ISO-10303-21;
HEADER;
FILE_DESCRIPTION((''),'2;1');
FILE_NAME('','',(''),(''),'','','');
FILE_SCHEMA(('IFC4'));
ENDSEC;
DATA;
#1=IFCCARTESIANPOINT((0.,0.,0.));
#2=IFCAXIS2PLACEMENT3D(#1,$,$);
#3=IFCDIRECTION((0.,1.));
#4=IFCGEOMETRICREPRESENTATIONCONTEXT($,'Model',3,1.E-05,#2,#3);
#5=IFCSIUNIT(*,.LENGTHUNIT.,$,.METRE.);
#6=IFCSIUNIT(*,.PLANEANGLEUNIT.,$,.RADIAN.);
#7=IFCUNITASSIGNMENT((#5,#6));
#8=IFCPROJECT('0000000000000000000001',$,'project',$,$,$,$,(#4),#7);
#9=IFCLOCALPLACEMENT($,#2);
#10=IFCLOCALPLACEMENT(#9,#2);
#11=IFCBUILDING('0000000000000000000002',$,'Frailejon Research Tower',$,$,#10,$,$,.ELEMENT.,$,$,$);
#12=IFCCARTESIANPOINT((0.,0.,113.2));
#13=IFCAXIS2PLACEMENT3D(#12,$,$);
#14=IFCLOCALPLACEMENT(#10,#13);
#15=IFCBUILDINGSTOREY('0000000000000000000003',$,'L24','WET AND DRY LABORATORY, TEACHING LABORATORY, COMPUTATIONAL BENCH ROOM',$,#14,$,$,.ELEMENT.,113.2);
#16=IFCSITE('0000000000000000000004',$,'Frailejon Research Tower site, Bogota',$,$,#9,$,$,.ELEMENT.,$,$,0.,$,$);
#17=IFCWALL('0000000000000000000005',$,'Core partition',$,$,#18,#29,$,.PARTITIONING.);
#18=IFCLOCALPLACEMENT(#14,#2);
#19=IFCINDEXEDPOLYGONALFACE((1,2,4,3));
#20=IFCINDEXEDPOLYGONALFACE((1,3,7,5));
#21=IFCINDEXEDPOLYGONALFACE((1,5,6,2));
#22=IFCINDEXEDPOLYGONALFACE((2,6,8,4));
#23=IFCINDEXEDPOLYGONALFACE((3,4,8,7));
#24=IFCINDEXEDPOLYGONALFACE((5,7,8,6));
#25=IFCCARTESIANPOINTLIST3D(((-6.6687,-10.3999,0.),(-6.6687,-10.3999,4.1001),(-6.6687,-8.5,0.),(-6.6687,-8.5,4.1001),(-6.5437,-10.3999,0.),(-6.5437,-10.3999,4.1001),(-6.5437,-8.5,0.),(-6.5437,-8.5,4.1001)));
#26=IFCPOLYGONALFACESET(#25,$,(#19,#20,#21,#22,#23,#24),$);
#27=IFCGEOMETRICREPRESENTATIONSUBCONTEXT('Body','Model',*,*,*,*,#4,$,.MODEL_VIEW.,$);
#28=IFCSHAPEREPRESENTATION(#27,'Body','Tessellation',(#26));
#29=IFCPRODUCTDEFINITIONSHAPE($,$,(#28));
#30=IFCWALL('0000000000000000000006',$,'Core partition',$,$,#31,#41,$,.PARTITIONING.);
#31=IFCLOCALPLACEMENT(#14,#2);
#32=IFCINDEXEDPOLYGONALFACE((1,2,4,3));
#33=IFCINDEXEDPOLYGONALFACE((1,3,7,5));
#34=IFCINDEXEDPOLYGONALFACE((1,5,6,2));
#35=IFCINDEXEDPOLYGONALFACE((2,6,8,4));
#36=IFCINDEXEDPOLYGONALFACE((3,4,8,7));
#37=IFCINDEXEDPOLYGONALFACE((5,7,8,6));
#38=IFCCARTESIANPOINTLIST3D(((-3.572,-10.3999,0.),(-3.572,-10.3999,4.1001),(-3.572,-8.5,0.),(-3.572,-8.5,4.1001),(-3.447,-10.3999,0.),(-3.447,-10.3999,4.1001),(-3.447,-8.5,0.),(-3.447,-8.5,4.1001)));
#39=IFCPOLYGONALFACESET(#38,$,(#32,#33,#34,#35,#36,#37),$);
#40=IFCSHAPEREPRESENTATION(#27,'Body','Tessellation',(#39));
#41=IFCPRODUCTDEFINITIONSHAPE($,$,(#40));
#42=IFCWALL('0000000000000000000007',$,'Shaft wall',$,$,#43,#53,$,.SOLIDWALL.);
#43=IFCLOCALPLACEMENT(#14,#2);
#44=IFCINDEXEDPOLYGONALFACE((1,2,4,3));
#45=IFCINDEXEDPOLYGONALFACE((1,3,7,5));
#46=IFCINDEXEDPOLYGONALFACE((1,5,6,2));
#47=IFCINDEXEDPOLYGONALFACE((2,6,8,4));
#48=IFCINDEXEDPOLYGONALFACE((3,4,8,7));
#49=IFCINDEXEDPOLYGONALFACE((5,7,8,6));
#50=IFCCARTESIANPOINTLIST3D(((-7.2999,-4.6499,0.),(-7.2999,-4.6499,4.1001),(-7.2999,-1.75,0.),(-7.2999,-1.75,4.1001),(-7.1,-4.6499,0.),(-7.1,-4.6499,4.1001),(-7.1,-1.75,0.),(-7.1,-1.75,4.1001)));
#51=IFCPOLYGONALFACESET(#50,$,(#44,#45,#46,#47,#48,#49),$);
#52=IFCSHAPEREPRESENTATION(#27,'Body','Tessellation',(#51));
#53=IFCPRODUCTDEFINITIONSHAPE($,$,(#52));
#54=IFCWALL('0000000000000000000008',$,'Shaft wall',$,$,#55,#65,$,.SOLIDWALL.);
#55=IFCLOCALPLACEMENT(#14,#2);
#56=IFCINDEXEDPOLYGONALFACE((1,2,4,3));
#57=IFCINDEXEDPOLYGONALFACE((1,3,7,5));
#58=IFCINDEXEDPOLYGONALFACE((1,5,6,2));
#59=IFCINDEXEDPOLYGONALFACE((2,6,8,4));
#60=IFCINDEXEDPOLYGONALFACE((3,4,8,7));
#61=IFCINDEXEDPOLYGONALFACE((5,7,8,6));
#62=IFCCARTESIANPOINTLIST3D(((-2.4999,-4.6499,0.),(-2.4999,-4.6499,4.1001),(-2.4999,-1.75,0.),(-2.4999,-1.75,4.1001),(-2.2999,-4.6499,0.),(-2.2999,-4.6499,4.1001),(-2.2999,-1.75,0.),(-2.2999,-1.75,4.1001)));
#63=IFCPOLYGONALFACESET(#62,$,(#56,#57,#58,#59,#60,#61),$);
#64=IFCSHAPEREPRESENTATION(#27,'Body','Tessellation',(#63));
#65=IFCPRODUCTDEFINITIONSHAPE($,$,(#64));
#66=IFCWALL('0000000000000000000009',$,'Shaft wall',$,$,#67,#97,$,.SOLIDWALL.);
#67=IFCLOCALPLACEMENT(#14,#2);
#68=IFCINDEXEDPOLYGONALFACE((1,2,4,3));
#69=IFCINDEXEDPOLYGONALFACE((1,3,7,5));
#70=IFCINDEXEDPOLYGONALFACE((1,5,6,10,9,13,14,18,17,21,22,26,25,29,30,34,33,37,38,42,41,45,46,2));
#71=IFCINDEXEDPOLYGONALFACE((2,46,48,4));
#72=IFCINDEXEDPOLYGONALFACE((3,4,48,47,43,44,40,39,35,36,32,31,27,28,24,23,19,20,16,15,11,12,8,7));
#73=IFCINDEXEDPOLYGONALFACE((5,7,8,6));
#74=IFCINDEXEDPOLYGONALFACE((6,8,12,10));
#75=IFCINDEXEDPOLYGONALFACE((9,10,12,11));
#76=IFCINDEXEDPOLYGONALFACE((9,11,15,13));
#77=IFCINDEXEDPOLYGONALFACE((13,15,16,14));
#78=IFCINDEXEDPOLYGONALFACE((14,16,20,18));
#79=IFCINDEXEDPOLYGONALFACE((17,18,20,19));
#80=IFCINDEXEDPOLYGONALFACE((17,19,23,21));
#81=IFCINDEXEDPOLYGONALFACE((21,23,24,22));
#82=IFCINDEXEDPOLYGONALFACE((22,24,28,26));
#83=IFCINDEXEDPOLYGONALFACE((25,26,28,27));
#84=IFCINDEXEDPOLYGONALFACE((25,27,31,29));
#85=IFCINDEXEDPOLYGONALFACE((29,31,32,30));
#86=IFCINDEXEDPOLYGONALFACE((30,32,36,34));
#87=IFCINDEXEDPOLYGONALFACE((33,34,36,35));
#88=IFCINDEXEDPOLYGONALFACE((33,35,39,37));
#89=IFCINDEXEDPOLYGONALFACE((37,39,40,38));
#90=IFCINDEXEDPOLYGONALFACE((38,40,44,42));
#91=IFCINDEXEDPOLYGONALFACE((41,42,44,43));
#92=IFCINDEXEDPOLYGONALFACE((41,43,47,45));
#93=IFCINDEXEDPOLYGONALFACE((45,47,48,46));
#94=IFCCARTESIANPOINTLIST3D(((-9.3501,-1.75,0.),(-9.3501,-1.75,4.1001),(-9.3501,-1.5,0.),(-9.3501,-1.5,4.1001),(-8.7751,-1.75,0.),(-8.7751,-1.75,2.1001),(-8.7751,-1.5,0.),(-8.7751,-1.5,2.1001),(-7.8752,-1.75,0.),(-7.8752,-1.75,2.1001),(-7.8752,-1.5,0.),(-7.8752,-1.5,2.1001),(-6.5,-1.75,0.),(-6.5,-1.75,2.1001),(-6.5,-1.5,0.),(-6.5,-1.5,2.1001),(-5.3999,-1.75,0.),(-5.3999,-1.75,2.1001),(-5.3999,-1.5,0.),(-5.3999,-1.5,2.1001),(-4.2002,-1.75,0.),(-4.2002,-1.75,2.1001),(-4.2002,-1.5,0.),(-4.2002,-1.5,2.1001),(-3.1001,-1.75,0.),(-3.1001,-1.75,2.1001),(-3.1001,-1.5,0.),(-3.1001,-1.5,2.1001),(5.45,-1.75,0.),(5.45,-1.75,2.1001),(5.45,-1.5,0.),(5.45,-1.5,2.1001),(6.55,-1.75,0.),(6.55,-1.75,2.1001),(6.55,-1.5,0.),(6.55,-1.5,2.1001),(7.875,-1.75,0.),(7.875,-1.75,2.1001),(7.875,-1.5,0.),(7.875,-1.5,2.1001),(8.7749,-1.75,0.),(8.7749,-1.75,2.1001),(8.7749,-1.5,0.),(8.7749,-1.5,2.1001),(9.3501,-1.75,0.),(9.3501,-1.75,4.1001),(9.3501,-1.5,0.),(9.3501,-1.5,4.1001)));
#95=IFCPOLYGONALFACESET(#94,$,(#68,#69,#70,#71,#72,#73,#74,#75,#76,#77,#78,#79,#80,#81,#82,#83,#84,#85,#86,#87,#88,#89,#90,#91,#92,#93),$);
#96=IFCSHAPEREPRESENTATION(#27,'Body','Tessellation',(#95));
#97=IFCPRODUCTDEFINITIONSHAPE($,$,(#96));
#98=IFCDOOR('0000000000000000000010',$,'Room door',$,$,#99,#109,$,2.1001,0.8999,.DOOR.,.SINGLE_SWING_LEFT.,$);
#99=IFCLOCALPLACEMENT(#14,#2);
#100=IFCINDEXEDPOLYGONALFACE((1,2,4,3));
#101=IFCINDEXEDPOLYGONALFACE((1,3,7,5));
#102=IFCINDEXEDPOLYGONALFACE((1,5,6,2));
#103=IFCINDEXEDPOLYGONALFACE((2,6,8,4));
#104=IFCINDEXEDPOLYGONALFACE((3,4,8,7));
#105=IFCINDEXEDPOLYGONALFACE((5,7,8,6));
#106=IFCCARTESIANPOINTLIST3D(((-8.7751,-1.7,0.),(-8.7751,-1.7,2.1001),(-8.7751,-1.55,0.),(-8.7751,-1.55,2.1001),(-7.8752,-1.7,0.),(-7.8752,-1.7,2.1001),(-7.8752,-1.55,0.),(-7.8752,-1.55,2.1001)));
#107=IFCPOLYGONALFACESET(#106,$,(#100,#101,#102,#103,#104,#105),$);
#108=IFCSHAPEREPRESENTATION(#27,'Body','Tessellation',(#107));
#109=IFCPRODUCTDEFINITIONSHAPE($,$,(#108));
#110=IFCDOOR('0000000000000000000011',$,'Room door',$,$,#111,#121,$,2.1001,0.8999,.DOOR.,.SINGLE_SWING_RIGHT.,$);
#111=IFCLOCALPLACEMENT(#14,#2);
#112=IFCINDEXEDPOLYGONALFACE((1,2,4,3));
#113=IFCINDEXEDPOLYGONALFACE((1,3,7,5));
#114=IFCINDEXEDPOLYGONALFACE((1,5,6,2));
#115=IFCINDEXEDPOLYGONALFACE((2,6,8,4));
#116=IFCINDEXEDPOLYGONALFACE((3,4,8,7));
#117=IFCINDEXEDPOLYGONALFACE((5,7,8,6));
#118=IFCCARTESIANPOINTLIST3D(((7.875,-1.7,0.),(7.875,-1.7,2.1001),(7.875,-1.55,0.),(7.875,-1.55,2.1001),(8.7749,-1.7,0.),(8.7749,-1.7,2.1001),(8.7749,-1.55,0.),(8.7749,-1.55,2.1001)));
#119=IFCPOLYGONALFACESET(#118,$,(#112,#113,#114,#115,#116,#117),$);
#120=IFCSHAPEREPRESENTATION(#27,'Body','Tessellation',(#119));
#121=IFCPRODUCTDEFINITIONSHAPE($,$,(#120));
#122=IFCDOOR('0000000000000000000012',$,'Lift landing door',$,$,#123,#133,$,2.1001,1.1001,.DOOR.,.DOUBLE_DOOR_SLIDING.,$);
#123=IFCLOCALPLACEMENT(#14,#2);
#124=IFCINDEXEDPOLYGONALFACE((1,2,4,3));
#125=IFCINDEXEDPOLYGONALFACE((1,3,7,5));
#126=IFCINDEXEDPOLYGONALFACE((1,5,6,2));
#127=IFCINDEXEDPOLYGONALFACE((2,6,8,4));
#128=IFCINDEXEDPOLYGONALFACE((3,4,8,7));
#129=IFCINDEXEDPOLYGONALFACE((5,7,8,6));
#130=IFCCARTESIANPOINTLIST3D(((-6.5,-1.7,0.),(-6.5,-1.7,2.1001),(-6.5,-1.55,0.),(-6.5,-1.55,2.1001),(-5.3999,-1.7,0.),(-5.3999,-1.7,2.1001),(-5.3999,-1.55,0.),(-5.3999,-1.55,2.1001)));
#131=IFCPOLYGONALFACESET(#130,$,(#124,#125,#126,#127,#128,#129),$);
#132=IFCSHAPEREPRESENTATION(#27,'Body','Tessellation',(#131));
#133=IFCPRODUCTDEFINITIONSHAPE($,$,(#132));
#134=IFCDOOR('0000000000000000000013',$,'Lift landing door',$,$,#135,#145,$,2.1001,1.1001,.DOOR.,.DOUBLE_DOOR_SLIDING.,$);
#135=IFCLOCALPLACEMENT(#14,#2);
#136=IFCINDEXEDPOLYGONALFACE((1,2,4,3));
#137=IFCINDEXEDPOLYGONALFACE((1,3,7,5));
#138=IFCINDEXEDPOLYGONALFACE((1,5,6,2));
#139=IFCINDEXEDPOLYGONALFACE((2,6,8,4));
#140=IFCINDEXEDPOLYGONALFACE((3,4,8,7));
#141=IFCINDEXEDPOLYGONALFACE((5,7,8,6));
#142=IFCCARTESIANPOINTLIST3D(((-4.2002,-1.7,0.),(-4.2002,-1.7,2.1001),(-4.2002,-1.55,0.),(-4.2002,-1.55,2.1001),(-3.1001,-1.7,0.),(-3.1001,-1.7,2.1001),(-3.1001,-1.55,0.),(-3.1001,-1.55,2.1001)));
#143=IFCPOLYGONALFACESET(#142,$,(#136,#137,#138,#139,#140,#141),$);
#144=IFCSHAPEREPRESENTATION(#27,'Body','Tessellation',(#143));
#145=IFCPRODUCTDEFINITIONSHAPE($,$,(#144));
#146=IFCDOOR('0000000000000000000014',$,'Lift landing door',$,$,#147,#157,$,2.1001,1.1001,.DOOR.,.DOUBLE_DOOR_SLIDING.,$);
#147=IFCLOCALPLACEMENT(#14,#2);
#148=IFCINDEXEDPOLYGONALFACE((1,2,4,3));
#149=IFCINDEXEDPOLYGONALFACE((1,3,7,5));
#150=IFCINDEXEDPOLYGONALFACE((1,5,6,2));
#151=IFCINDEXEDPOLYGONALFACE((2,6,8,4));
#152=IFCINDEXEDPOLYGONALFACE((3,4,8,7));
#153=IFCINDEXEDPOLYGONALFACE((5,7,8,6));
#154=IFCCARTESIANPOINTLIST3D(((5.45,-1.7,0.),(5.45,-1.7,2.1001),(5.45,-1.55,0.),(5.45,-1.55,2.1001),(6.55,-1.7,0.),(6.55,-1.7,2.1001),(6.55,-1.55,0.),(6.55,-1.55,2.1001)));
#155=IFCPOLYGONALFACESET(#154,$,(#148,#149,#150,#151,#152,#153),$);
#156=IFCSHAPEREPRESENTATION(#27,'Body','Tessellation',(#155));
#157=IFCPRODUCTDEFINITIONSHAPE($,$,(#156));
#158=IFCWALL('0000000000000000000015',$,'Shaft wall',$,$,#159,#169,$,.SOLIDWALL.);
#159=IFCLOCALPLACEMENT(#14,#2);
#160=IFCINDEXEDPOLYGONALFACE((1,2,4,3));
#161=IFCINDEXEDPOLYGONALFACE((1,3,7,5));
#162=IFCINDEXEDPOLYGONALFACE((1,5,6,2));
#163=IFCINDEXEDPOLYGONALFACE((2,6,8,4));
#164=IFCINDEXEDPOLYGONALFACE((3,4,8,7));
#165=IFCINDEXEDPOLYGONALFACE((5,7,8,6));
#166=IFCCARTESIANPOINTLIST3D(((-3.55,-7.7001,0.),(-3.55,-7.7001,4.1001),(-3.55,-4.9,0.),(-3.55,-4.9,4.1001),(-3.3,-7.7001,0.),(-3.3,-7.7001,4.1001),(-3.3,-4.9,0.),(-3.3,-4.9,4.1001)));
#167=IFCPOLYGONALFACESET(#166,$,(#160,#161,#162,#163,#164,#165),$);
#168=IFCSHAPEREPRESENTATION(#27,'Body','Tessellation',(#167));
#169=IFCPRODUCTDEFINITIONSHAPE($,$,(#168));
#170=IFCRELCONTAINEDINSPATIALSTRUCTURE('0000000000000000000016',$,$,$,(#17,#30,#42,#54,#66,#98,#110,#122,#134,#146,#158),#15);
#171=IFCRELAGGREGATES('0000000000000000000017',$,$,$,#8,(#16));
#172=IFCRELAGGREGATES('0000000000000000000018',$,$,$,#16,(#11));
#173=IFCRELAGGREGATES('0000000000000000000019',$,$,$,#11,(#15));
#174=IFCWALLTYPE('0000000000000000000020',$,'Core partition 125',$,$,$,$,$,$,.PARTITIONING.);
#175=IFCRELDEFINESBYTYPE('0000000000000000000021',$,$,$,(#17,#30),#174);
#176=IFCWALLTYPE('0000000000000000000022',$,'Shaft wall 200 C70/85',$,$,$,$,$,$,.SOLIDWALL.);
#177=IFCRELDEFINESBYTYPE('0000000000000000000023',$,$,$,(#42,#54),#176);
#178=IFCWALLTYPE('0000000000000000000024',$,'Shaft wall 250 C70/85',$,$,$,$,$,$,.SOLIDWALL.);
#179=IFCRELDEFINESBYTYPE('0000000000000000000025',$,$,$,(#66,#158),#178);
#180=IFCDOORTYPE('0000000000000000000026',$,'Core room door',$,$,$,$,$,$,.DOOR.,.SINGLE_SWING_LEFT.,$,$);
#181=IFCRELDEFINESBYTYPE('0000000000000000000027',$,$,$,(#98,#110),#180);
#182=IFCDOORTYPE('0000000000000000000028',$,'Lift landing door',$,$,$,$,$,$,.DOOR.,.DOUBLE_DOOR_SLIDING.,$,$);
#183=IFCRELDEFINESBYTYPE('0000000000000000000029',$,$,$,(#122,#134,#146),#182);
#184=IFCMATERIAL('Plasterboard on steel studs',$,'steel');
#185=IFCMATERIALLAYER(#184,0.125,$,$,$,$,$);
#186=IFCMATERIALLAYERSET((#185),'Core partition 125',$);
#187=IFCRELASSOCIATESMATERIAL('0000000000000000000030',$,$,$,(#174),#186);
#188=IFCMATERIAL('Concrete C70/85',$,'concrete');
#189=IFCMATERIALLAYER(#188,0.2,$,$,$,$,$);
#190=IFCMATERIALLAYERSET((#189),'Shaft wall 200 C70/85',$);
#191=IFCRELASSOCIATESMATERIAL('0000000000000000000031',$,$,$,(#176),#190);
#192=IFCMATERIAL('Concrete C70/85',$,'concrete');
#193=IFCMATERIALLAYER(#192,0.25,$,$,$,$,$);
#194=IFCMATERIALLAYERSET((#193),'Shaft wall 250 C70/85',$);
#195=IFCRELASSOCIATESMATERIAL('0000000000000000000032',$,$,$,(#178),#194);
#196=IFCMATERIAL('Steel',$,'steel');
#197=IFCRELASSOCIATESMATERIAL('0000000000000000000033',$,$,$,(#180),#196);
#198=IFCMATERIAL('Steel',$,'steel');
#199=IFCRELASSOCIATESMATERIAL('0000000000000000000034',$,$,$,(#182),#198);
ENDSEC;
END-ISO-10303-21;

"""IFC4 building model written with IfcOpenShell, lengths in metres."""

from ifc_helpers import new_model, si_unit, direction, frame, frame_2d, origin, place, context, subcontext, project, spatial, rectangle, extrude, material, layer, layer_set, type_object, element, fill, save


model = new_model("IFC4")

# Units and contexts
model_context = context("Model", 3, precision=1e-05, world=origin(), true_north=direction((0.0, 1.0)))
body_context = subcontext(model_context, "Body", "Model", "MODEL_VIEW")
ifc_project = project(units=[si_unit("LENGTHUNIT", "METRE"), si_unit("PLANEANGLEUNIT", "RADIAN")], contexts=[model_context])

# Site, building, storey
site_placement = place(None, origin())
site = spatial("IfcSite", under=ifc_project, at=site_placement, Name="Frailejon Research Tower site, Bogota", CompositionType="ELEMENT", RefElevation=0.0)
building_placement = place(site_placement, origin())
building = spatial("IfcBuilding", under=site, at=building_placement, Name="Frailejon Research Tower", CompositionType="ELEMENT")
storey_placement = place(building_placement, frame((0.0, 0.0, 113.2)))
storey = spatial("IfcBuildingStorey", under=building, at=storey_placement, Name="L24", Description="WET AND DRY LABORATORY, TEACHING LABORATORY, COMPUTATIONAL BENCH ROOM", CompositionType="ELEMENT", Elevation=113.2)

# Walls
ifc_material_1 = material(Name="Plasterboard on steel studs", Category="steel")
ifc_layer_1 = layer(ifc_material_1, 0.125)
ifc_layer_set_1 = layer_set([ifc_layer_1], Name="Core partition 125")
wall_type_1 = type_object("IfcWallType", Name="Core partition 125", PredefinedType="PARTITIONING", material=ifc_layer_set_1)
for number, where, z_axis, x_axis, name in (
    (1, (-6.6062, -10.3999, 0.0), (0.0, 0.0, 1.0), (0.0, 1.0, 0.0), "Core partition"),
    (2, (-3.5095, -10.3999, 0.0), (0.0, 0.0, 1.0), (0.0, 1.0, 0.0), "Core partition"),
):
    element("IfcWall", number, at=place(storey_placement, frame(where, z_axis=z_axis, x_axis=x_axis)), inside=storey, type_object=wall_type_1, Name=name, PredefinedType="PARTITIONING", context=body_context, shape_type="SweptSolid", body=[
        extrude(rectangle(XDim=1.8999, YDim=0.125, at=frame_2d((0.95, 0.0))), origin(), (0.0, 0.0, 1.0), 4.1001),
    ])
ifc_material_2 = material(Name="Concrete C70/85", Category="concrete")
ifc_layer_2 = layer(ifc_material_2, 0.2)
ifc_layer_set_2 = layer_set([ifc_layer_2], Name="Shaft wall 200 C70/85")
wall_type_2 = type_object("IfcWallType", Name="Shaft wall 200 C70/85", PredefinedType="SOLIDWALL", material=ifc_layer_set_2)
for number, where, z_axis, x_axis, name in (
    (3, (-7.2, -4.6499, 0.0), (0.0, 0.0, 1.0), (0.0, 1.0, 0.0), "Shaft wall"),
    (4, (-2.3999, -4.6499, 0.0), (0.0, 0.0, 1.0), (0.0, 1.0, 0.0), "Shaft wall"),
):
    element("IfcWall", number, at=place(storey_placement, frame(where, z_axis=z_axis, x_axis=x_axis)), inside=storey, type_object=wall_type_2, Name=name, PredefinedType="SOLIDWALL", context=body_context, shape_type="SweptSolid", body=[
        extrude(rectangle(XDim=2.8999, YDim=0.2, at=frame_2d((1.45, 0.0))), origin(), (0.0, 0.0, 1.0), 4.1001),
    ])

# Wall, openings, doors
ifc_material_3 = material(Name="Concrete C70/85", Category="concrete")
ifc_layer_3 = layer(ifc_material_3, 0.25)
ifc_layer_set_3 = layer_set([ifc_layer_3], Name="Shaft wall 250 C70/85")
wall_type_3 = type_object("IfcWallType", Name="Shaft wall 250 C70/85", PredefinedType="SOLIDWALL", material=ifc_layer_set_3)
wall_1_placement = place(storey_placement, frame((-9.3501, -1.625, 0.0), z_axis=(0.0, 0.0, 1.0), x_axis=(1.0, 0.0, 0.0)))
wall_1 = element("IfcWall", 5, at=wall_1_placement, inside=storey, type_object=wall_type_3, Name="Shaft wall", PredefinedType="SOLIDWALL", context=body_context, shape_type="SweptSolid", body=[
    extrude(rectangle(XDim=18.7002, YDim=0.25, at=frame_2d((9.3501, 0.0))), origin(), (0.0, 0.0, 1.0), 4.1001),
])
opening_1_placement = place(wall_1_placement, frame((2.8501, 0.0, 0.0)))
opening_1 = element("IfcOpeningElement", 6, at=opening_1_placement, cuts=wall_1, PredefinedType="OPENING", context=body_context, shape_type="SweptSolid", body=[
    extrude(rectangle(XDim=1.1001, YDim=2.1001, at=frame_2d((0.55, 1.05))), frame((0.0, 0.135, 0.0), z_axis=(0.0, -1.0, 0.0), x_axis=(1.0, 0.0, 0.0)), (0.0, 0.0, 1.0), 0.27),
])
opening_2_placement = place(wall_1_placement, frame((5.1499, 0.0, 0.0)))
opening_2 = element("IfcOpeningElement", 7, at=opening_2_placement, cuts=wall_1, PredefinedType="OPENING", context=body_context, shape_type="SweptSolid", body=[
    extrude(rectangle(XDim=1.1001, YDim=2.1001, at=frame_2d((0.55, 1.05))), frame((0.0, 0.135, 0.0), z_axis=(0.0, -1.0, 0.0), x_axis=(1.0, 0.0, 0.0)), (0.0, 0.0, 1.0), 0.27),
])
opening_3_placement = place(wall_1_placement, frame((14.8, 0.0, 0.0)))
opening_3 = element("IfcOpeningElement", 8, at=opening_3_placement, cuts=wall_1, PredefinedType="OPENING", context=body_context, shape_type="SweptSolid", body=[
    extrude(rectangle(XDim=1.1001, YDim=2.1001, at=frame_2d((0.55, 1.05))), frame((0.0, 0.135, 0.0), z_axis=(0.0, -1.0, 0.0), x_axis=(1.0, 0.0, 0.0)), (0.0, 0.0, 1.0), 0.27),
])
opening_4_placement = place(wall_1_placement, frame((0.575, 0.0, 0.0)))
opening_4 = element("IfcOpeningElement", 9, at=opening_4_placement, cuts=wall_1, PredefinedType="OPENING", context=body_context, shape_type="SweptSolid", body=[
    extrude(rectangle(XDim=0.8999, YDim=2.1001, at=frame_2d((0.45, 1.05))), frame((0.0, 0.135, 0.0), z_axis=(0.0, -1.0, 0.0), x_axis=(1.0, 0.0, 0.0)), (0.0, 0.0, 1.0), 0.27),
])
opening_5_placement = place(wall_1_placement, frame((17.2251, 0.0, 0.0)))
opening_5 = element("IfcOpeningElement", 10, at=opening_5_placement, cuts=wall_1, PredefinedType="OPENING", context=body_context, shape_type="SweptSolid", body=[
    extrude(rectangle(XDim=0.8999, YDim=2.1001, at=frame_2d((0.45, 1.05))), frame((0.0, 0.135, 0.0), z_axis=(0.0, -1.0, 0.0), x_axis=(1.0, 0.0, 0.0)), (0.0, 0.0, 1.0), 0.27),
])
ifc_material_4 = material(Name="Steel", Category="steel")
door_type_1 = type_object("IfcDoorType", Name="Core room door", OperationType="SINGLE_SWING_LEFT", PredefinedType="DOOR", material=ifc_material_4)
door_1_placement = place(opening_4_placement, origin())
door_1 = element("IfcDoor", 11, at=door_1_placement, inside=storey, type_object=door_type_1, Name="Room door", OperationType="SINGLE_SWING_LEFT", OverallHeight=2.1001, OverallWidth=0.8999, PredefinedType="DOOR", context=body_context, shape_type="SweptSolid", body=[
    extrude(rectangle(XDim=0.8999, YDim=2.1001, at=frame_2d((0.45, 1.05))), frame((0.0, 0.075, 0.0), z_axis=(0.0, -1.0, 0.0), x_axis=(1.0, 0.0, 0.0)), (0.0, 0.0, 1.0), 0.1499),
])
fill(opening_4, door_1)
door_2_placement = place(opening_5_placement, origin())
door_2 = element("IfcDoor", 12, at=door_2_placement, inside=storey, type_object=door_type_1, Name="Room door", OperationType="SINGLE_SWING_RIGHT", OverallHeight=2.1001, OverallWidth=0.8999, PredefinedType="DOOR", context=body_context, shape_type="SweptSolid", body=[
    extrude(rectangle(XDim=0.8999, YDim=2.1001, at=frame_2d((0.45, 1.05))), frame((0.0, 0.075, 0.0), z_axis=(0.0, -1.0, 0.0), x_axis=(1.0, 0.0, 0.0)), (0.0, 0.0, 1.0), 0.1499),
])
fill(opening_5, door_2)
ifc_material_5 = material(Name="Steel", Category="steel")
door_type_2 = type_object("IfcDoorType", Name="Lift landing door", OperationType="DOUBLE_DOOR_SLIDING", PredefinedType="DOOR", material=ifc_material_5)
door_3_placement = place(opening_1_placement, origin())
door_3 = element("IfcDoor", 13, at=door_3_placement, inside=storey, type_object=door_type_2, Name="Lift landing door", OperationType="DOUBLE_DOOR_SLIDING", OverallHeight=2.1001, OverallWidth=1.1001, PredefinedType="DOOR", context=body_context, shape_type="SweptSolid", body=[
    extrude(rectangle(XDim=1.1001, YDim=2.1001, at=frame_2d((0.55, 1.05))), frame((0.0, 0.075, 0.0), z_axis=(0.0, -1.0, 0.0), x_axis=(1.0, 0.0, 0.0)), (0.0, 0.0, 1.0), 0.1499),
])
fill(opening_1, door_3)
door_4_placement = place(opening_2_placement, origin())
door_4 = element("IfcDoor", 14, at=door_4_placement, inside=storey, type_object=door_type_2, Name="Lift landing door", OperationType="DOUBLE_DOOR_SLIDING", OverallHeight=2.1001, OverallWidth=1.1001, PredefinedType="DOOR", context=body_context, shape_type="SweptSolid", body=[
    extrude(rectangle(XDim=1.1001, YDim=2.1001, at=frame_2d((0.55, 1.05))), frame((0.0, 0.075, 0.0), z_axis=(0.0, -1.0, 0.0), x_axis=(1.0, 0.0, 0.0)), (0.0, 0.0, 1.0), 0.1499),
])
fill(opening_2, door_4)
door_5_placement = place(opening_3_placement, origin())
door_5 = element("IfcDoor", 15, at=door_5_placement, inside=storey, type_object=door_type_2, Name="Lift landing door", OperationType="DOUBLE_DOOR_SLIDING", OverallHeight=2.1001, OverallWidth=1.1001, PredefinedType="DOOR", context=body_context, shape_type="SweptSolid", body=[
    extrude(rectangle(XDim=1.1001, YDim=2.1001, at=frame_2d((0.55, 1.05))), frame((0.0, 0.075, 0.0), z_axis=(0.0, -1.0, 0.0), x_axis=(1.0, 0.0, 0.0)), (0.0, 0.0, 1.0), 0.1499),
])
fill(opening_3, door_5)

# Wall
wall_2_placement = place(storey_placement, frame((-3.425, -7.7, 0.0), z_axis=(0.0, 0.0, 1.0), x_axis=(0.0, 1.0, 0.0)))
element("IfcWall", 16, at=wall_2_placement, inside=storey, type_object=wall_type_3, Name="Shaft wall", PredefinedType="SOLIDWALL", context=body_context, shape_type="SweptSolid", body=[
    extrude(rectangle(XDim=2.8, YDim=0.25, at=frame_2d((1.3999, 0.0))), origin(), (0.0, 0.0, 1.0), 4.1001),
])

save(model, "model.ifc")
